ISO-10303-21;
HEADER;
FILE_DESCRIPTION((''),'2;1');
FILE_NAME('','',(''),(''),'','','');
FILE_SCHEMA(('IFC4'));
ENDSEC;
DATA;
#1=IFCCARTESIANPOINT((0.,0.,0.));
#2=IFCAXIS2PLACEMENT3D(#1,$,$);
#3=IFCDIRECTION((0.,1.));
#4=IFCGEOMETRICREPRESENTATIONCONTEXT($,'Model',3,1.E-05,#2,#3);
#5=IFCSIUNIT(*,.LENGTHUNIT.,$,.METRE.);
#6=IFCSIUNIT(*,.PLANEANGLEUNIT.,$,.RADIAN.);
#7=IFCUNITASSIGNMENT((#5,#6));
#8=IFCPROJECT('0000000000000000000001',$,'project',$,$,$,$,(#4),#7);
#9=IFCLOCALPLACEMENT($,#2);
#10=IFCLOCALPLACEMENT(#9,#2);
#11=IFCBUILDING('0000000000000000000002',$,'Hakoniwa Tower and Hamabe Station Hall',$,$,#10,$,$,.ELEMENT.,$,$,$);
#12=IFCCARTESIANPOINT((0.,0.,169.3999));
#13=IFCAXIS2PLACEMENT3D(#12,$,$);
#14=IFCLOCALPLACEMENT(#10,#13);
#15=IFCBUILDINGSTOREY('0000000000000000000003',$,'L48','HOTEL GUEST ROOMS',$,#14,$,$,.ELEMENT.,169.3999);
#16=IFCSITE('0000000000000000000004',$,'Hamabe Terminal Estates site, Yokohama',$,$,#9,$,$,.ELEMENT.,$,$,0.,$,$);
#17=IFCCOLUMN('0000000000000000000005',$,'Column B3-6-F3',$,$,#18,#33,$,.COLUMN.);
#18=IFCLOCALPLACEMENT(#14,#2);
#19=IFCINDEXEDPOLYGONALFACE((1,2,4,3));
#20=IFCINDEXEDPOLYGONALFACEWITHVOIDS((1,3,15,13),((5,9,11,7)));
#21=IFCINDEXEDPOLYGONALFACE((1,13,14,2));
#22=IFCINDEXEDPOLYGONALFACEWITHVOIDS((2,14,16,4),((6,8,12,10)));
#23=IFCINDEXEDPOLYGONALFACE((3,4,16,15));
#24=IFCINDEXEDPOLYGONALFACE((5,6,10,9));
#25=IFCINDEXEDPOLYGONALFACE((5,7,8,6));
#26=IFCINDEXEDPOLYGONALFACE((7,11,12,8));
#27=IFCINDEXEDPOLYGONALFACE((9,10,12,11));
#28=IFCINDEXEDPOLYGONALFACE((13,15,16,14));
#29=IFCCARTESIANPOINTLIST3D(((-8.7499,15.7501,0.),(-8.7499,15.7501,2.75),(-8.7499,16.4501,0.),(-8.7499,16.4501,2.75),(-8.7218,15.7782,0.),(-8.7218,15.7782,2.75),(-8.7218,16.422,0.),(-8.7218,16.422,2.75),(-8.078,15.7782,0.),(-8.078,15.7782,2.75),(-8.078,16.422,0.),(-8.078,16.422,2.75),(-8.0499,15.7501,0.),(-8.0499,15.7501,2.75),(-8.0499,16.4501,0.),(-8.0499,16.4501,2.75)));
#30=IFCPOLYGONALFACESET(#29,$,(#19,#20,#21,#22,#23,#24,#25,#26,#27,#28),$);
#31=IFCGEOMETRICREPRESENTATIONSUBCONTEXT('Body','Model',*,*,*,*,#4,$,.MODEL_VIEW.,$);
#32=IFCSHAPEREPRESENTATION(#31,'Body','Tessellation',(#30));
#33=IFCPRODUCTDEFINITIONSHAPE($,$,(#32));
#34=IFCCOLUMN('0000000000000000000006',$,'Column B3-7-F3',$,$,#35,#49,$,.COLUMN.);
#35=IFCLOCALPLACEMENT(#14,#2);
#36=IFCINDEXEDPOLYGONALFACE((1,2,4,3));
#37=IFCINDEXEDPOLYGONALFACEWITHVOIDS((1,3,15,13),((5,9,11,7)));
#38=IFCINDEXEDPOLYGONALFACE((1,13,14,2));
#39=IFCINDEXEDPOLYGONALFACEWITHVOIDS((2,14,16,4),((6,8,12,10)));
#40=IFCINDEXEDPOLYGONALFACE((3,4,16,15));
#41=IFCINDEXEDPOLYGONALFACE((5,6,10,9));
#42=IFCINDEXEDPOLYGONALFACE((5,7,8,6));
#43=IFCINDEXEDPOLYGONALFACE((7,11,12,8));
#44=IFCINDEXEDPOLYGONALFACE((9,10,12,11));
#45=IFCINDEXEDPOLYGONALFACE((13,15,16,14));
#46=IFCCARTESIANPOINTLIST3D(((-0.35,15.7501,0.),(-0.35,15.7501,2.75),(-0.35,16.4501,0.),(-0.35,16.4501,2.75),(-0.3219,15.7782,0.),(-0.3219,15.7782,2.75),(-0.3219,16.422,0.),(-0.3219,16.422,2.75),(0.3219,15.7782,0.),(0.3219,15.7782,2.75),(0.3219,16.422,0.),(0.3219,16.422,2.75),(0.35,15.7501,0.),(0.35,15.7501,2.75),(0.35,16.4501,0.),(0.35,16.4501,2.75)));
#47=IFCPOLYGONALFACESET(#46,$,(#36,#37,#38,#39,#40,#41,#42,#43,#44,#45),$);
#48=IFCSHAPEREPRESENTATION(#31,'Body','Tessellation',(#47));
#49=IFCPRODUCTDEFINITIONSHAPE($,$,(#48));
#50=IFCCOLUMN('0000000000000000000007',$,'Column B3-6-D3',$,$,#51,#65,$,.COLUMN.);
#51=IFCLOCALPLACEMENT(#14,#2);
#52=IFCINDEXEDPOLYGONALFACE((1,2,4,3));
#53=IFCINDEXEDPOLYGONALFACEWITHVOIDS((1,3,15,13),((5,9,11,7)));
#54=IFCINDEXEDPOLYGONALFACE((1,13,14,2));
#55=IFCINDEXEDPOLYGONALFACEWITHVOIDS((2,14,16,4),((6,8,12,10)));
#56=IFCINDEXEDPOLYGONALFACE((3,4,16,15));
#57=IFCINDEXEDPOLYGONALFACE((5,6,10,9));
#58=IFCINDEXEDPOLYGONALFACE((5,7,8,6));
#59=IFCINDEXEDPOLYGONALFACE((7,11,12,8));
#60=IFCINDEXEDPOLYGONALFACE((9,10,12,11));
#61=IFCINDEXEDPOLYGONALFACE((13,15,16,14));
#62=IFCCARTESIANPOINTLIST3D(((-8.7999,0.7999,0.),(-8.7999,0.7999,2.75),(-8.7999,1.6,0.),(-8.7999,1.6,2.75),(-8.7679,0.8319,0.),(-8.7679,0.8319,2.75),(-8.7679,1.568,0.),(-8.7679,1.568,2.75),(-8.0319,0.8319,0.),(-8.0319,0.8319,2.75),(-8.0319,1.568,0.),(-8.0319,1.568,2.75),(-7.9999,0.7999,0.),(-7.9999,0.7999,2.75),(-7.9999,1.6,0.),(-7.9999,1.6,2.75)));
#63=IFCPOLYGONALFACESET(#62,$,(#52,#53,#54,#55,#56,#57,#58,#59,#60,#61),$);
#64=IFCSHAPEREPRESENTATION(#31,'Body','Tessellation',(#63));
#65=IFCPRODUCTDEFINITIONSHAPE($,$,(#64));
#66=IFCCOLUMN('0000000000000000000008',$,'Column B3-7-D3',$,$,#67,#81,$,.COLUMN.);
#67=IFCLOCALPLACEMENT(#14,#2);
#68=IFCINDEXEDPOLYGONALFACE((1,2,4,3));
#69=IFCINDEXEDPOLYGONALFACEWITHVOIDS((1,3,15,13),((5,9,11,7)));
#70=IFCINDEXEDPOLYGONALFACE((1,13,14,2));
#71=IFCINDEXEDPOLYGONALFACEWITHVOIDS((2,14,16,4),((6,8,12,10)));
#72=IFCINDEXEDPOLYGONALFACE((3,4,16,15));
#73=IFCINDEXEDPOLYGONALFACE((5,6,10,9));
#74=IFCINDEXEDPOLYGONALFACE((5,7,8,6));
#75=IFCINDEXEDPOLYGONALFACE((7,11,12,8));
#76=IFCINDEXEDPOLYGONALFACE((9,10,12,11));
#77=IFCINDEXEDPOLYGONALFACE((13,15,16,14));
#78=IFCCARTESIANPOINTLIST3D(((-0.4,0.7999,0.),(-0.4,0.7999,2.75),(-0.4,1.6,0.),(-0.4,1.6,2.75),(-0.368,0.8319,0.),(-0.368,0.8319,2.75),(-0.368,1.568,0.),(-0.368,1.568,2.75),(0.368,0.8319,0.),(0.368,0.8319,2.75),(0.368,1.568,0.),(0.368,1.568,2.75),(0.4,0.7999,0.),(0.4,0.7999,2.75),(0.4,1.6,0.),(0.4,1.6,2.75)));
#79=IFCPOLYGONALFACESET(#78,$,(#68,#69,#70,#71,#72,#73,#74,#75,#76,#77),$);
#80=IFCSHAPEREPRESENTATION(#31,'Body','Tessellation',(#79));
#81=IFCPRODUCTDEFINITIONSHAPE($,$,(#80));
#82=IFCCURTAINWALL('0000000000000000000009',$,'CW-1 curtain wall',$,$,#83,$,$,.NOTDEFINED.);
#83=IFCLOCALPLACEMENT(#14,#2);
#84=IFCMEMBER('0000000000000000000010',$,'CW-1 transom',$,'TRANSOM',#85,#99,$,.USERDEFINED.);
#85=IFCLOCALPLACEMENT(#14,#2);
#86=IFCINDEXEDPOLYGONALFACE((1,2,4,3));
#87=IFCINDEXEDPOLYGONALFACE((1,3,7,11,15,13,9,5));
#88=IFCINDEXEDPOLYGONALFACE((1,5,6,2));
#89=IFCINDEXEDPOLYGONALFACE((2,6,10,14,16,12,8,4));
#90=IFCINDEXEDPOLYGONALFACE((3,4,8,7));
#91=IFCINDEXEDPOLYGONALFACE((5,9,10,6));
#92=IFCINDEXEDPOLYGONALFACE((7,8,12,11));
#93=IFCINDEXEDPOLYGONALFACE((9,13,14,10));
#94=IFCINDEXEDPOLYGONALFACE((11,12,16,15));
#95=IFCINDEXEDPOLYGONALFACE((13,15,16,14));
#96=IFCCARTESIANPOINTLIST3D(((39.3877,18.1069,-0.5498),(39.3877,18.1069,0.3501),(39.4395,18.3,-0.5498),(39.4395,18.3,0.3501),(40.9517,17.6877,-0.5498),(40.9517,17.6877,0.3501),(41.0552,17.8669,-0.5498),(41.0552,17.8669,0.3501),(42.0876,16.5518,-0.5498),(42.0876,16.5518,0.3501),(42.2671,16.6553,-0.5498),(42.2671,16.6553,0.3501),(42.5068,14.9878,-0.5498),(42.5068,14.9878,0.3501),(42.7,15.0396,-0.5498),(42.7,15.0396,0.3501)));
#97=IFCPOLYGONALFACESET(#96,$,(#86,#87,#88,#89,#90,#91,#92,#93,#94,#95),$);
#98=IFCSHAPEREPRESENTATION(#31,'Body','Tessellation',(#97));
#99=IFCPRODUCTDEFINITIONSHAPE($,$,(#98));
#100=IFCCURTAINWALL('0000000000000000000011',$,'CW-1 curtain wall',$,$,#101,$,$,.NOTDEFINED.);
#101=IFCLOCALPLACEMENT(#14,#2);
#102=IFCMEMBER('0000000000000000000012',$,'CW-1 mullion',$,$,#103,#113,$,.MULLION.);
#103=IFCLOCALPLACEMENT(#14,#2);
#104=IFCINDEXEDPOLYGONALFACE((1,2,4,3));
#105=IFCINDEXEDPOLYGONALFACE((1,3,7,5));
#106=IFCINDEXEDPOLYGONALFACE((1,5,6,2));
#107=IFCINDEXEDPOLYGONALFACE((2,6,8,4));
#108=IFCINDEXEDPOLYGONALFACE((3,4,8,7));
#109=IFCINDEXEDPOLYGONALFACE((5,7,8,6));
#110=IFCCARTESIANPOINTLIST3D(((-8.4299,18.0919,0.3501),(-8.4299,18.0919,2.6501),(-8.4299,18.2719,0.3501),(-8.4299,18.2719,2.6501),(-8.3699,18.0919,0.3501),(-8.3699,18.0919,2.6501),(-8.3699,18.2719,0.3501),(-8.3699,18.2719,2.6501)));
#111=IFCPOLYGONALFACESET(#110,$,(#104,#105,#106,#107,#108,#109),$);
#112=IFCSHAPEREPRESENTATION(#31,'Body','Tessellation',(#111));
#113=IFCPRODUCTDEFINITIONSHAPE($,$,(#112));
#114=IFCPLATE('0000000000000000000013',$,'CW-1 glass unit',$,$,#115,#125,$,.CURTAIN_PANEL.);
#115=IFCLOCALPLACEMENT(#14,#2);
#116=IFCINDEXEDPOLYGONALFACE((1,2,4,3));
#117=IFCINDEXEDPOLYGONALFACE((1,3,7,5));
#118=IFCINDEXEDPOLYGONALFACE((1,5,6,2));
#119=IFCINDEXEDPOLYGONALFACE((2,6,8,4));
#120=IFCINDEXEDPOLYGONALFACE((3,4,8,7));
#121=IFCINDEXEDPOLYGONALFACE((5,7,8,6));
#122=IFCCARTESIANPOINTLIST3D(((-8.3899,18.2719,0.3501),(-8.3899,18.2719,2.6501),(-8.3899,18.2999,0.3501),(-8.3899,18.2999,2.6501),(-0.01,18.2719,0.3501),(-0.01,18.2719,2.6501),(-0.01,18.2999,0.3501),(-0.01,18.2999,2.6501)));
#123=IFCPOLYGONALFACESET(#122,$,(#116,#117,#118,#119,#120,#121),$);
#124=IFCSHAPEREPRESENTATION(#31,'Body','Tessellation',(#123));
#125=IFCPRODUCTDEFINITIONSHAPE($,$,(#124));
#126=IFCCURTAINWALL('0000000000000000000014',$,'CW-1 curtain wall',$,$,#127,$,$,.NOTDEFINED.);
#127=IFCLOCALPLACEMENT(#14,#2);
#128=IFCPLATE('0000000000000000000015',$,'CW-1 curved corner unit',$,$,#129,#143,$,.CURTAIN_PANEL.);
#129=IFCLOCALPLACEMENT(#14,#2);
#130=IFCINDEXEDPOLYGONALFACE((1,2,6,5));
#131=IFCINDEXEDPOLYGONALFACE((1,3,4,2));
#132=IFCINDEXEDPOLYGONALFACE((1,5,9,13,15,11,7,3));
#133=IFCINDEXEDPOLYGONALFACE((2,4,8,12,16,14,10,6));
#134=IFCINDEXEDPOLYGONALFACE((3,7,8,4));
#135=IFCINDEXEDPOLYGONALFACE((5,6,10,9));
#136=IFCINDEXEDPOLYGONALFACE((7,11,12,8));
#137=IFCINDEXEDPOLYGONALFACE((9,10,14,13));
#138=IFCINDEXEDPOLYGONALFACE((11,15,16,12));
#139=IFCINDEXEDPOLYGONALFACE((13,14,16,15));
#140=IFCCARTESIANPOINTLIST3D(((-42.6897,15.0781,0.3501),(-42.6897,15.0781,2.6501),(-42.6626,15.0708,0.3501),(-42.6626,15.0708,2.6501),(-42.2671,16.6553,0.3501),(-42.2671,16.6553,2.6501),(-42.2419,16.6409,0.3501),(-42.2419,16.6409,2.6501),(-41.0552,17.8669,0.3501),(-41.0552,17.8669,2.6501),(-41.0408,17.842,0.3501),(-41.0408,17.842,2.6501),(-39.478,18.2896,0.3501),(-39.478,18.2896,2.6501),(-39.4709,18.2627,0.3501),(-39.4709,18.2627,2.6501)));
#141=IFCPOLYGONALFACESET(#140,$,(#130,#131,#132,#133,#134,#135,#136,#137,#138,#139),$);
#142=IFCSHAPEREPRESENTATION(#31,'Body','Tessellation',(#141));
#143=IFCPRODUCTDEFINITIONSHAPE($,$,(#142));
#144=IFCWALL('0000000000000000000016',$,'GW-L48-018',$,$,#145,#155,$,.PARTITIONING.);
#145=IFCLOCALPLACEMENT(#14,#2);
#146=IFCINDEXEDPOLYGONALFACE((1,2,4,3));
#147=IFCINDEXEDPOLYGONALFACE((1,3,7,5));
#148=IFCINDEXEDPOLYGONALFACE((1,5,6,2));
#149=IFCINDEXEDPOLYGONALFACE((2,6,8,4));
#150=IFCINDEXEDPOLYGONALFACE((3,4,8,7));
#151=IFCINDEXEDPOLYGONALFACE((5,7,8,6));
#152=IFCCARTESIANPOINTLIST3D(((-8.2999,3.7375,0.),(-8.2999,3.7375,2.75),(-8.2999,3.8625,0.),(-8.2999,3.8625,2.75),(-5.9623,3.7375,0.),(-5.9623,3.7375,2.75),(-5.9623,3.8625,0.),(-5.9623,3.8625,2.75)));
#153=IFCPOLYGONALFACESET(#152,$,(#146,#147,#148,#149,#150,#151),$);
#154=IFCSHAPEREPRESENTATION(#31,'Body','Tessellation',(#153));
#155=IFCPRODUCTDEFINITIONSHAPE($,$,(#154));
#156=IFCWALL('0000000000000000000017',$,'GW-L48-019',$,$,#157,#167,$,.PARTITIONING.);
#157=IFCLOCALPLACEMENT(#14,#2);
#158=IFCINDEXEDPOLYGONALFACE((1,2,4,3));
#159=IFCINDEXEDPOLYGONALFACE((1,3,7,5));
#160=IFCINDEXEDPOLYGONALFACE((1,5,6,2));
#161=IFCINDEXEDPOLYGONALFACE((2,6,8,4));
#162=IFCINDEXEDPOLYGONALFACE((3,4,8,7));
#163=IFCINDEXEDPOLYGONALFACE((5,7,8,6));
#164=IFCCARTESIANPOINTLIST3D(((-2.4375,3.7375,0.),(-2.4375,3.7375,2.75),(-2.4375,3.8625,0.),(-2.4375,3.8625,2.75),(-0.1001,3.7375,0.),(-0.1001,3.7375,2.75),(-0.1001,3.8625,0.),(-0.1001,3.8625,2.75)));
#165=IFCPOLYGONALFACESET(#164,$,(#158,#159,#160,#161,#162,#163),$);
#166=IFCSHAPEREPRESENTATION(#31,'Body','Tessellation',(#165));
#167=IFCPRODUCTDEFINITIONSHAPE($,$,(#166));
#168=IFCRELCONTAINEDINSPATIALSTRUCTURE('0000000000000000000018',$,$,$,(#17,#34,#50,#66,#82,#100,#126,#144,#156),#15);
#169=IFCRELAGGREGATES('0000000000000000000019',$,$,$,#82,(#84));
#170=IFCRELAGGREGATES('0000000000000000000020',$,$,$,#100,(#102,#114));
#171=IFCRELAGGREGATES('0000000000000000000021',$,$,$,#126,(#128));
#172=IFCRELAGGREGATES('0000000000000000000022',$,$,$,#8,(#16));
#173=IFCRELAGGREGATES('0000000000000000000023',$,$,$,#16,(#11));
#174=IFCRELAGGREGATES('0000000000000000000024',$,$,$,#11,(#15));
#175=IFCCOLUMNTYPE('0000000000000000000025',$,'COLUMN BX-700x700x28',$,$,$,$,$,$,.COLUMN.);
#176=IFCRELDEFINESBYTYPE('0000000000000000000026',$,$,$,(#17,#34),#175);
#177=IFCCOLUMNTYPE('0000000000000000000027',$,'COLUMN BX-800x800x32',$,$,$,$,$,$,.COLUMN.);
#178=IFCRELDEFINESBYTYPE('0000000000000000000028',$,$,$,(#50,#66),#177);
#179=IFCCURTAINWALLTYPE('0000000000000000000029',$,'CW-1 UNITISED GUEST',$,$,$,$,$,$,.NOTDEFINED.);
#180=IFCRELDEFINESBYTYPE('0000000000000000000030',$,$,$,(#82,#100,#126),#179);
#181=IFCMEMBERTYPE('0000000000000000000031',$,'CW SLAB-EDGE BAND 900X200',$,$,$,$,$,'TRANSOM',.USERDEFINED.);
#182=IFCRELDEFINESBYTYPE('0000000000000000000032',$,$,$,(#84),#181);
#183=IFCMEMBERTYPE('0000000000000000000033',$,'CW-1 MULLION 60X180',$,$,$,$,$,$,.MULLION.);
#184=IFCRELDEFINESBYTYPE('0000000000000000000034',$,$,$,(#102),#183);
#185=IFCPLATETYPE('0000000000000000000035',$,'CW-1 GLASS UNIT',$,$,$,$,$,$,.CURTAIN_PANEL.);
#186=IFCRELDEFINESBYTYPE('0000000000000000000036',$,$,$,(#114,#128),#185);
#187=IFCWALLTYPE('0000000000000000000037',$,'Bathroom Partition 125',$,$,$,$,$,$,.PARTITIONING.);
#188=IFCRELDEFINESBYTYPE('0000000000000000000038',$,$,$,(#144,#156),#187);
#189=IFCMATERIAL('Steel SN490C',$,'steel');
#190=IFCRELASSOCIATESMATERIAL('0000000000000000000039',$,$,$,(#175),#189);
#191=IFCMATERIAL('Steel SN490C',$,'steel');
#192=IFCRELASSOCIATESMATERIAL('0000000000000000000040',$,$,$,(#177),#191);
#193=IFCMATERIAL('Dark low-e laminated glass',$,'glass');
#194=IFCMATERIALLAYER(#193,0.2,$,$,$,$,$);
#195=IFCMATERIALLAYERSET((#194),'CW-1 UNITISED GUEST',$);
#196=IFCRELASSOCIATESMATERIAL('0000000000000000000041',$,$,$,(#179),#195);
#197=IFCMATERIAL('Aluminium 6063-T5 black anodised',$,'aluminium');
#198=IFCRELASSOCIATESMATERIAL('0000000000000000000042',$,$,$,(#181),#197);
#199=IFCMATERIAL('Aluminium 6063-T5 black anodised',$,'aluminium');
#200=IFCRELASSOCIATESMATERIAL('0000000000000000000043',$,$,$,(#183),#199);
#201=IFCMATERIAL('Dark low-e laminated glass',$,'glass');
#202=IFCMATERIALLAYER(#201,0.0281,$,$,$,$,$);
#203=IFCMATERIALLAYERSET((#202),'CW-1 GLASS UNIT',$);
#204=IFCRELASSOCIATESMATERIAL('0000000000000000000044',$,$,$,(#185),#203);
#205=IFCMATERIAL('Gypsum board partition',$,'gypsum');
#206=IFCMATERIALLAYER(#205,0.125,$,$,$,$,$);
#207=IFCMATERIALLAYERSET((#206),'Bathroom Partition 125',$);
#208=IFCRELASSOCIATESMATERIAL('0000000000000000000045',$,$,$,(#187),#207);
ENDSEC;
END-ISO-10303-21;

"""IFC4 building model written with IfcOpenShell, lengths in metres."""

from ifc_helpers import new_model, si_unit, direction, frame, frame_2d, origin, origin_2d, place, context, subcontext, project, spatial, polyline, rectangle, hollow_rectangle, outline, extrude, material, layer, layer_set, material_profile, profile_set, type_object, element, aggregate, save


model = new_model("IFC4")

# Units and contexts
model_context = context("Model", 3, precision=1e-05, world=origin(), true_north=direction((0.0, 1.0)))
body_context = subcontext(model_context, "Body", "Model", "MODEL_VIEW")
ifc_project = project(units=[si_unit("LENGTHUNIT", "METRE"), si_unit("PLANEANGLEUNIT", "RADIAN")], contexts=[model_context])

# Site, building, storey
site_placement = place(None, origin())
site = spatial("IfcSite", under=ifc_project, at=site_placement, Name="Hamabe Terminal Estates site, Yokohama", CompositionType="ELEMENT", RefElevation=0.0)
building_placement = place(site_placement, origin())
building = spatial("IfcBuilding", under=site, at=building_placement, Name="Hakoniwa Tower and Hamabe Station Hall", CompositionType="ELEMENT")
storey_placement = place(building_placement, frame((0.0, 0.0, 169.3999)))
storey = spatial("IfcBuildingStorey", under=building, at=storey_placement, Name="L48", Description="HOTEL GUEST ROOMS", CompositionType="ELEMENT", Elevation=169.3999)

# Columns
ifc_material_1 = material(Name="Steel SN490C", Category="steel")
ifc_material_profile_1 = material_profile(ifc_material_1, hollow_rectangle(XDim=0.7, YDim=0.7, WallThickness=0.0281, at=origin_2d()), Name="BX-700x700x28")
ifc_profile_set_1 = profile_set([ifc_material_profile_1], Name="Steel SN490C")
column_type_1 = type_object("IfcColumnType", Name="COLUMN BX-700x700x28", PredefinedType="COLUMN", material=ifc_profile_set_1)
for number, where, z_axis, x_axis, name in (
    (1, (-8.3999, 16.1001, 0.0), (0.0, 0.0, 1.0), (1.0, 0.0, 0.0), "Column B3-6-F3"),
    (2, (0.0, 16.1001, 0.0), (0.0, 0.0, 1.0), (1.0, 0.0, 0.0), "Column B3-7-F3"),
):
    element("IfcColumn", number, at=place(storey_placement, frame(where, z_axis=z_axis, x_axis=x_axis)), inside=storey, type_object=column_type_1, Name=name, PredefinedType="COLUMN", context=body_context, shape_type="SweptSolid", body=[
        extrude(hollow_rectangle(XDim=0.7, YDim=0.7, WallThickness=0.0281, at=origin_2d()), origin(), (0.0, 0.0, 1.0), 2.75),
    ])
ifc_material_2 = material(Name="Steel SN490C", Category="steel")
ifc_material_profile_2 = material_profile(ifc_material_2, hollow_rectangle(XDim=0.8, YDim=0.8, WallThickness=0.032, at=origin_2d()), Name="BX-800x800x32")
ifc_profile_set_2 = profile_set([ifc_material_profile_2], Name="Steel SN490C")
column_type_2 = type_object("IfcColumnType", Name="COLUMN BX-800x800x32", PredefinedType="COLUMN", material=ifc_profile_set_2)
for number, where, z_axis, x_axis, name in (
    (3, (-8.3999, 1.2, 0.0), (0.0, 0.0, 1.0), (1.0, 0.0, 0.0), "Column B3-6-D3"),
    (4, (0.0, 1.2, 0.0), (0.0, 0.0, 1.0), (1.0, 0.0, 0.0), "Column B3-7-D3"),
):
    element("IfcColumn", number, at=place(storey_placement, frame(where, z_axis=z_axis, x_axis=x_axis)), inside=storey, type_object=column_type_2, Name=name, PredefinedType="COLUMN", context=body_context, shape_type="SweptSolid", body=[
        extrude(hollow_rectangle(XDim=0.8, YDim=0.8, WallThickness=0.032, at=origin_2d()), origin(), (0.0, 0.0, 1.0), 2.75),
    ])

# Curtain wall, member
ifc_material_3 = material(Name="Dark low-e laminated glass", Category="glass")
ifc_layer_1 = layer(ifc_material_3, 0.2)
ifc_layer_set_1 = layer_set([ifc_layer_1], Name="CW-1 UNITISED GUEST")
curtain_wall_type = type_object("IfcCurtainWallType", Name="CW-1 UNITISED GUEST", PredefinedType="NOTDEFINED", material=ifc_layer_set_1)
curtain_wall_1_placement = place(storey_placement, origin())
curtain_wall_1 = element("IfcCurtainWall", 5, at=curtain_wall_1_placement, inside=storey, type_object=curtain_wall_type, Name="CW-1 curtain wall", PredefinedType="NOTDEFINED")
ifc_material_4 = material(Name="Aluminium 6063-T5 black anodised", Category="aluminium")
ifc_material_profile_3 = material_profile(ifc_material_4, rectangle(XDim=0.2, YDim=0.8999, at=origin_2d()), Name="CW SLAB-EDGE BAND 900X200")
ifc_profile_set_3 = profile_set([ifc_material_profile_3], Name="Aluminium 6063-T5 black anodised")
member_type_1 = type_object("IfcMemberType", Name="CW SLAB-EDGE BAND 900X200", ElementType="TRANSOM", PredefinedType="USERDEFINED", material=ifc_profile_set_3)
member_1_placement = place(storey_placement, frame((0.0, 0.0, -0.5498)))
member_1 = element("IfcMember", 6, at=member_1_placement, type_object=member_type_1, Name="CW-1 transom", ObjectType="TRANSOM", PredefinedType="USERDEFINED", context=body_context, shape_type="SweptSolid", body=[
    extrude(outline(polyline([(42.7, 15.0396), (42.2671, 16.6553), (41.0552, 17.8669), (39.4395, 18.3), (39.3877, 18.1069), (40.9517, 17.6877), (42.0876, 16.5518), (42.5068, 14.9878), (42.7, 15.0396)])), origin(), (0.0, 0.0, 1.0), 0.8999),
])
aggregate(curtain_wall_1, [member_1])

# Curtain wall, member, plate
curtain_wall_2_placement = place(storey_placement, origin())
curtain_wall_2 = element("IfcCurtainWall", 7, at=curtain_wall_2_placement, inside=storey, type_object=curtain_wall_type, Name="CW-1 curtain wall", PredefinedType="NOTDEFINED")
ifc_material_5 = material(Name="Aluminium 6063-T5 black anodised", Category="aluminium")
ifc_material_profile_4 = material_profile(ifc_material_5, rectangle(XDim=0.0601, YDim=0.1799, at=origin_2d()), Name="CW-1 MULLION 60X180")
ifc_profile_set_4 = profile_set([ifc_material_profile_4], Name="Aluminium 6063-T5 black anodised")
member_type_2 = type_object("IfcMemberType", Name="CW-1 MULLION 60X180", PredefinedType="MULLION", material=ifc_profile_set_4)
member_2_placement = place(storey_placement, frame((-8.3999, 18.1819, 0.3501), z_axis=(0.0, 0.0, 1.0), x_axis=(-1.0, 0.0, 0.0)))
member_2 = element("IfcMember", 8, at=member_2_placement, type_object=member_type_2, Name="CW-1 mullion", PredefinedType="MULLION", context=body_context, shape_type="SweptSolid", body=[
    extrude(rectangle(XDim=0.0601, YDim=0.1799, at=origin_2d()), origin(), (0.0, 0.0, 1.0), 2.3),
])
ifc_material_6 = material(Name="Dark low-e laminated glass", Category="glass")
ifc_layer_2 = layer(ifc_material_6, 0.0281)
ifc_layer_set_2 = layer_set([ifc_layer_2], Name="CW-1 GLASS UNIT")
plate_type = type_object("IfcPlateType", Name="CW-1 GLASS UNIT", PredefinedType="CURTAIN_PANEL", material=ifc_layer_set_2)
plate_1_placement = place(storey_placement, frame((-4.2, 18.2859, 0.3501), z_axis=(0.0, 0.0, 1.0), x_axis=(-1.0, 0.0, 0.0)))
plate_1 = element("IfcPlate", 9, at=plate_1_placement, type_object=plate_type, Name="CW-1 glass unit", PredefinedType="CURTAIN_PANEL", context=body_context, shape_type="SweptSolid", body=[
    extrude(rectangle(XDim=8.3799, YDim=0.0281, at=origin_2d()), origin(), (0.0, 0.0, 1.0), 2.3),
])
aggregate(curtain_wall_2, [member_2, plate_1])

# Curtain wall, plate
curtain_wall_3_placement = place(storey_placement, origin())
curtain_wall_3 = element("IfcCurtainWall", 10, at=curtain_wall_3_placement, inside=storey, type_object=curtain_wall_type, Name="CW-1 curtain wall", PredefinedType="NOTDEFINED")
plate_2_placement = place(storey_placement, frame((0.0, 0.0, 0.3501)))
plate_2 = element("IfcPlate", 11, at=plate_2_placement, type_object=plate_type, Name="CW-1 curved corner unit", PredefinedType="CURTAIN_PANEL", context=body_context, shape_type="SweptSolid", body=[
    extrude(outline(polyline([(-39.478, 18.2896), (-41.0552, 17.8669), (-42.2671, 16.6553), (-42.6897, 15.0781), (-42.6626, 15.0708), (-42.2419, 16.6409), (-41.0408, 17.842), (-39.4709, 18.2627), (-39.478, 18.2896)])), origin(), (0.0, 0.0, 1.0), 2.3),
])
aggregate(curtain_wall_3, [plate_2])

# Walls
ifc_material_7 = material(Name="Gypsum board partition", Category="gypsum")
ifc_layer_3 = layer(ifc_material_7, 0.125)
ifc_layer_set_3 = layer_set([ifc_layer_3], Name="Bathroom Partition 125")
wall_type_1 = type_object("IfcWallType", Name="Bathroom Partition 125", PredefinedType="PARTITIONING", material=ifc_layer_set_3)
wall_1_placement = place(storey_placement, frame((-8.3, 3.8, 0.0), z_axis=(0.0, 0.0, 1.0), x_axis=(1.0, 0.0, 0.0)))
element("IfcWall", 12, at=wall_1_placement, inside=storey, type_object=wall_type_1, Name="GW-L48-018", PredefinedType="PARTITIONING", context=body_context, shape_type="SweptSolid", body=[
    extrude(rectangle(XDim=2.3376, YDim=0.125, at=frame_2d((1.1689, 0.0))), origin(), (0.0, 0.0, 1.0), 2.75),
])
wall_2_placement = place(storey_placement, frame((-2.4375, 3.8, 0.0), z_axis=(0.0, 0.0, 1.0), x_axis=(1.0, 0.0, 0.0)))
element("IfcWall", 13, at=wall_2_placement, inside=storey, type_object=wall_type_1, Name="GW-L48-019", PredefinedType="PARTITIONING", context=body_context, shape_type="SweptSolid", body=[
    extrude(rectangle(XDim=2.3374, YDim=0.125, at=frame_2d((1.1687, 0.0))), origin(), (0.0, 0.0, 1.0), 2.75),
])

save(model, "model.ifc")
